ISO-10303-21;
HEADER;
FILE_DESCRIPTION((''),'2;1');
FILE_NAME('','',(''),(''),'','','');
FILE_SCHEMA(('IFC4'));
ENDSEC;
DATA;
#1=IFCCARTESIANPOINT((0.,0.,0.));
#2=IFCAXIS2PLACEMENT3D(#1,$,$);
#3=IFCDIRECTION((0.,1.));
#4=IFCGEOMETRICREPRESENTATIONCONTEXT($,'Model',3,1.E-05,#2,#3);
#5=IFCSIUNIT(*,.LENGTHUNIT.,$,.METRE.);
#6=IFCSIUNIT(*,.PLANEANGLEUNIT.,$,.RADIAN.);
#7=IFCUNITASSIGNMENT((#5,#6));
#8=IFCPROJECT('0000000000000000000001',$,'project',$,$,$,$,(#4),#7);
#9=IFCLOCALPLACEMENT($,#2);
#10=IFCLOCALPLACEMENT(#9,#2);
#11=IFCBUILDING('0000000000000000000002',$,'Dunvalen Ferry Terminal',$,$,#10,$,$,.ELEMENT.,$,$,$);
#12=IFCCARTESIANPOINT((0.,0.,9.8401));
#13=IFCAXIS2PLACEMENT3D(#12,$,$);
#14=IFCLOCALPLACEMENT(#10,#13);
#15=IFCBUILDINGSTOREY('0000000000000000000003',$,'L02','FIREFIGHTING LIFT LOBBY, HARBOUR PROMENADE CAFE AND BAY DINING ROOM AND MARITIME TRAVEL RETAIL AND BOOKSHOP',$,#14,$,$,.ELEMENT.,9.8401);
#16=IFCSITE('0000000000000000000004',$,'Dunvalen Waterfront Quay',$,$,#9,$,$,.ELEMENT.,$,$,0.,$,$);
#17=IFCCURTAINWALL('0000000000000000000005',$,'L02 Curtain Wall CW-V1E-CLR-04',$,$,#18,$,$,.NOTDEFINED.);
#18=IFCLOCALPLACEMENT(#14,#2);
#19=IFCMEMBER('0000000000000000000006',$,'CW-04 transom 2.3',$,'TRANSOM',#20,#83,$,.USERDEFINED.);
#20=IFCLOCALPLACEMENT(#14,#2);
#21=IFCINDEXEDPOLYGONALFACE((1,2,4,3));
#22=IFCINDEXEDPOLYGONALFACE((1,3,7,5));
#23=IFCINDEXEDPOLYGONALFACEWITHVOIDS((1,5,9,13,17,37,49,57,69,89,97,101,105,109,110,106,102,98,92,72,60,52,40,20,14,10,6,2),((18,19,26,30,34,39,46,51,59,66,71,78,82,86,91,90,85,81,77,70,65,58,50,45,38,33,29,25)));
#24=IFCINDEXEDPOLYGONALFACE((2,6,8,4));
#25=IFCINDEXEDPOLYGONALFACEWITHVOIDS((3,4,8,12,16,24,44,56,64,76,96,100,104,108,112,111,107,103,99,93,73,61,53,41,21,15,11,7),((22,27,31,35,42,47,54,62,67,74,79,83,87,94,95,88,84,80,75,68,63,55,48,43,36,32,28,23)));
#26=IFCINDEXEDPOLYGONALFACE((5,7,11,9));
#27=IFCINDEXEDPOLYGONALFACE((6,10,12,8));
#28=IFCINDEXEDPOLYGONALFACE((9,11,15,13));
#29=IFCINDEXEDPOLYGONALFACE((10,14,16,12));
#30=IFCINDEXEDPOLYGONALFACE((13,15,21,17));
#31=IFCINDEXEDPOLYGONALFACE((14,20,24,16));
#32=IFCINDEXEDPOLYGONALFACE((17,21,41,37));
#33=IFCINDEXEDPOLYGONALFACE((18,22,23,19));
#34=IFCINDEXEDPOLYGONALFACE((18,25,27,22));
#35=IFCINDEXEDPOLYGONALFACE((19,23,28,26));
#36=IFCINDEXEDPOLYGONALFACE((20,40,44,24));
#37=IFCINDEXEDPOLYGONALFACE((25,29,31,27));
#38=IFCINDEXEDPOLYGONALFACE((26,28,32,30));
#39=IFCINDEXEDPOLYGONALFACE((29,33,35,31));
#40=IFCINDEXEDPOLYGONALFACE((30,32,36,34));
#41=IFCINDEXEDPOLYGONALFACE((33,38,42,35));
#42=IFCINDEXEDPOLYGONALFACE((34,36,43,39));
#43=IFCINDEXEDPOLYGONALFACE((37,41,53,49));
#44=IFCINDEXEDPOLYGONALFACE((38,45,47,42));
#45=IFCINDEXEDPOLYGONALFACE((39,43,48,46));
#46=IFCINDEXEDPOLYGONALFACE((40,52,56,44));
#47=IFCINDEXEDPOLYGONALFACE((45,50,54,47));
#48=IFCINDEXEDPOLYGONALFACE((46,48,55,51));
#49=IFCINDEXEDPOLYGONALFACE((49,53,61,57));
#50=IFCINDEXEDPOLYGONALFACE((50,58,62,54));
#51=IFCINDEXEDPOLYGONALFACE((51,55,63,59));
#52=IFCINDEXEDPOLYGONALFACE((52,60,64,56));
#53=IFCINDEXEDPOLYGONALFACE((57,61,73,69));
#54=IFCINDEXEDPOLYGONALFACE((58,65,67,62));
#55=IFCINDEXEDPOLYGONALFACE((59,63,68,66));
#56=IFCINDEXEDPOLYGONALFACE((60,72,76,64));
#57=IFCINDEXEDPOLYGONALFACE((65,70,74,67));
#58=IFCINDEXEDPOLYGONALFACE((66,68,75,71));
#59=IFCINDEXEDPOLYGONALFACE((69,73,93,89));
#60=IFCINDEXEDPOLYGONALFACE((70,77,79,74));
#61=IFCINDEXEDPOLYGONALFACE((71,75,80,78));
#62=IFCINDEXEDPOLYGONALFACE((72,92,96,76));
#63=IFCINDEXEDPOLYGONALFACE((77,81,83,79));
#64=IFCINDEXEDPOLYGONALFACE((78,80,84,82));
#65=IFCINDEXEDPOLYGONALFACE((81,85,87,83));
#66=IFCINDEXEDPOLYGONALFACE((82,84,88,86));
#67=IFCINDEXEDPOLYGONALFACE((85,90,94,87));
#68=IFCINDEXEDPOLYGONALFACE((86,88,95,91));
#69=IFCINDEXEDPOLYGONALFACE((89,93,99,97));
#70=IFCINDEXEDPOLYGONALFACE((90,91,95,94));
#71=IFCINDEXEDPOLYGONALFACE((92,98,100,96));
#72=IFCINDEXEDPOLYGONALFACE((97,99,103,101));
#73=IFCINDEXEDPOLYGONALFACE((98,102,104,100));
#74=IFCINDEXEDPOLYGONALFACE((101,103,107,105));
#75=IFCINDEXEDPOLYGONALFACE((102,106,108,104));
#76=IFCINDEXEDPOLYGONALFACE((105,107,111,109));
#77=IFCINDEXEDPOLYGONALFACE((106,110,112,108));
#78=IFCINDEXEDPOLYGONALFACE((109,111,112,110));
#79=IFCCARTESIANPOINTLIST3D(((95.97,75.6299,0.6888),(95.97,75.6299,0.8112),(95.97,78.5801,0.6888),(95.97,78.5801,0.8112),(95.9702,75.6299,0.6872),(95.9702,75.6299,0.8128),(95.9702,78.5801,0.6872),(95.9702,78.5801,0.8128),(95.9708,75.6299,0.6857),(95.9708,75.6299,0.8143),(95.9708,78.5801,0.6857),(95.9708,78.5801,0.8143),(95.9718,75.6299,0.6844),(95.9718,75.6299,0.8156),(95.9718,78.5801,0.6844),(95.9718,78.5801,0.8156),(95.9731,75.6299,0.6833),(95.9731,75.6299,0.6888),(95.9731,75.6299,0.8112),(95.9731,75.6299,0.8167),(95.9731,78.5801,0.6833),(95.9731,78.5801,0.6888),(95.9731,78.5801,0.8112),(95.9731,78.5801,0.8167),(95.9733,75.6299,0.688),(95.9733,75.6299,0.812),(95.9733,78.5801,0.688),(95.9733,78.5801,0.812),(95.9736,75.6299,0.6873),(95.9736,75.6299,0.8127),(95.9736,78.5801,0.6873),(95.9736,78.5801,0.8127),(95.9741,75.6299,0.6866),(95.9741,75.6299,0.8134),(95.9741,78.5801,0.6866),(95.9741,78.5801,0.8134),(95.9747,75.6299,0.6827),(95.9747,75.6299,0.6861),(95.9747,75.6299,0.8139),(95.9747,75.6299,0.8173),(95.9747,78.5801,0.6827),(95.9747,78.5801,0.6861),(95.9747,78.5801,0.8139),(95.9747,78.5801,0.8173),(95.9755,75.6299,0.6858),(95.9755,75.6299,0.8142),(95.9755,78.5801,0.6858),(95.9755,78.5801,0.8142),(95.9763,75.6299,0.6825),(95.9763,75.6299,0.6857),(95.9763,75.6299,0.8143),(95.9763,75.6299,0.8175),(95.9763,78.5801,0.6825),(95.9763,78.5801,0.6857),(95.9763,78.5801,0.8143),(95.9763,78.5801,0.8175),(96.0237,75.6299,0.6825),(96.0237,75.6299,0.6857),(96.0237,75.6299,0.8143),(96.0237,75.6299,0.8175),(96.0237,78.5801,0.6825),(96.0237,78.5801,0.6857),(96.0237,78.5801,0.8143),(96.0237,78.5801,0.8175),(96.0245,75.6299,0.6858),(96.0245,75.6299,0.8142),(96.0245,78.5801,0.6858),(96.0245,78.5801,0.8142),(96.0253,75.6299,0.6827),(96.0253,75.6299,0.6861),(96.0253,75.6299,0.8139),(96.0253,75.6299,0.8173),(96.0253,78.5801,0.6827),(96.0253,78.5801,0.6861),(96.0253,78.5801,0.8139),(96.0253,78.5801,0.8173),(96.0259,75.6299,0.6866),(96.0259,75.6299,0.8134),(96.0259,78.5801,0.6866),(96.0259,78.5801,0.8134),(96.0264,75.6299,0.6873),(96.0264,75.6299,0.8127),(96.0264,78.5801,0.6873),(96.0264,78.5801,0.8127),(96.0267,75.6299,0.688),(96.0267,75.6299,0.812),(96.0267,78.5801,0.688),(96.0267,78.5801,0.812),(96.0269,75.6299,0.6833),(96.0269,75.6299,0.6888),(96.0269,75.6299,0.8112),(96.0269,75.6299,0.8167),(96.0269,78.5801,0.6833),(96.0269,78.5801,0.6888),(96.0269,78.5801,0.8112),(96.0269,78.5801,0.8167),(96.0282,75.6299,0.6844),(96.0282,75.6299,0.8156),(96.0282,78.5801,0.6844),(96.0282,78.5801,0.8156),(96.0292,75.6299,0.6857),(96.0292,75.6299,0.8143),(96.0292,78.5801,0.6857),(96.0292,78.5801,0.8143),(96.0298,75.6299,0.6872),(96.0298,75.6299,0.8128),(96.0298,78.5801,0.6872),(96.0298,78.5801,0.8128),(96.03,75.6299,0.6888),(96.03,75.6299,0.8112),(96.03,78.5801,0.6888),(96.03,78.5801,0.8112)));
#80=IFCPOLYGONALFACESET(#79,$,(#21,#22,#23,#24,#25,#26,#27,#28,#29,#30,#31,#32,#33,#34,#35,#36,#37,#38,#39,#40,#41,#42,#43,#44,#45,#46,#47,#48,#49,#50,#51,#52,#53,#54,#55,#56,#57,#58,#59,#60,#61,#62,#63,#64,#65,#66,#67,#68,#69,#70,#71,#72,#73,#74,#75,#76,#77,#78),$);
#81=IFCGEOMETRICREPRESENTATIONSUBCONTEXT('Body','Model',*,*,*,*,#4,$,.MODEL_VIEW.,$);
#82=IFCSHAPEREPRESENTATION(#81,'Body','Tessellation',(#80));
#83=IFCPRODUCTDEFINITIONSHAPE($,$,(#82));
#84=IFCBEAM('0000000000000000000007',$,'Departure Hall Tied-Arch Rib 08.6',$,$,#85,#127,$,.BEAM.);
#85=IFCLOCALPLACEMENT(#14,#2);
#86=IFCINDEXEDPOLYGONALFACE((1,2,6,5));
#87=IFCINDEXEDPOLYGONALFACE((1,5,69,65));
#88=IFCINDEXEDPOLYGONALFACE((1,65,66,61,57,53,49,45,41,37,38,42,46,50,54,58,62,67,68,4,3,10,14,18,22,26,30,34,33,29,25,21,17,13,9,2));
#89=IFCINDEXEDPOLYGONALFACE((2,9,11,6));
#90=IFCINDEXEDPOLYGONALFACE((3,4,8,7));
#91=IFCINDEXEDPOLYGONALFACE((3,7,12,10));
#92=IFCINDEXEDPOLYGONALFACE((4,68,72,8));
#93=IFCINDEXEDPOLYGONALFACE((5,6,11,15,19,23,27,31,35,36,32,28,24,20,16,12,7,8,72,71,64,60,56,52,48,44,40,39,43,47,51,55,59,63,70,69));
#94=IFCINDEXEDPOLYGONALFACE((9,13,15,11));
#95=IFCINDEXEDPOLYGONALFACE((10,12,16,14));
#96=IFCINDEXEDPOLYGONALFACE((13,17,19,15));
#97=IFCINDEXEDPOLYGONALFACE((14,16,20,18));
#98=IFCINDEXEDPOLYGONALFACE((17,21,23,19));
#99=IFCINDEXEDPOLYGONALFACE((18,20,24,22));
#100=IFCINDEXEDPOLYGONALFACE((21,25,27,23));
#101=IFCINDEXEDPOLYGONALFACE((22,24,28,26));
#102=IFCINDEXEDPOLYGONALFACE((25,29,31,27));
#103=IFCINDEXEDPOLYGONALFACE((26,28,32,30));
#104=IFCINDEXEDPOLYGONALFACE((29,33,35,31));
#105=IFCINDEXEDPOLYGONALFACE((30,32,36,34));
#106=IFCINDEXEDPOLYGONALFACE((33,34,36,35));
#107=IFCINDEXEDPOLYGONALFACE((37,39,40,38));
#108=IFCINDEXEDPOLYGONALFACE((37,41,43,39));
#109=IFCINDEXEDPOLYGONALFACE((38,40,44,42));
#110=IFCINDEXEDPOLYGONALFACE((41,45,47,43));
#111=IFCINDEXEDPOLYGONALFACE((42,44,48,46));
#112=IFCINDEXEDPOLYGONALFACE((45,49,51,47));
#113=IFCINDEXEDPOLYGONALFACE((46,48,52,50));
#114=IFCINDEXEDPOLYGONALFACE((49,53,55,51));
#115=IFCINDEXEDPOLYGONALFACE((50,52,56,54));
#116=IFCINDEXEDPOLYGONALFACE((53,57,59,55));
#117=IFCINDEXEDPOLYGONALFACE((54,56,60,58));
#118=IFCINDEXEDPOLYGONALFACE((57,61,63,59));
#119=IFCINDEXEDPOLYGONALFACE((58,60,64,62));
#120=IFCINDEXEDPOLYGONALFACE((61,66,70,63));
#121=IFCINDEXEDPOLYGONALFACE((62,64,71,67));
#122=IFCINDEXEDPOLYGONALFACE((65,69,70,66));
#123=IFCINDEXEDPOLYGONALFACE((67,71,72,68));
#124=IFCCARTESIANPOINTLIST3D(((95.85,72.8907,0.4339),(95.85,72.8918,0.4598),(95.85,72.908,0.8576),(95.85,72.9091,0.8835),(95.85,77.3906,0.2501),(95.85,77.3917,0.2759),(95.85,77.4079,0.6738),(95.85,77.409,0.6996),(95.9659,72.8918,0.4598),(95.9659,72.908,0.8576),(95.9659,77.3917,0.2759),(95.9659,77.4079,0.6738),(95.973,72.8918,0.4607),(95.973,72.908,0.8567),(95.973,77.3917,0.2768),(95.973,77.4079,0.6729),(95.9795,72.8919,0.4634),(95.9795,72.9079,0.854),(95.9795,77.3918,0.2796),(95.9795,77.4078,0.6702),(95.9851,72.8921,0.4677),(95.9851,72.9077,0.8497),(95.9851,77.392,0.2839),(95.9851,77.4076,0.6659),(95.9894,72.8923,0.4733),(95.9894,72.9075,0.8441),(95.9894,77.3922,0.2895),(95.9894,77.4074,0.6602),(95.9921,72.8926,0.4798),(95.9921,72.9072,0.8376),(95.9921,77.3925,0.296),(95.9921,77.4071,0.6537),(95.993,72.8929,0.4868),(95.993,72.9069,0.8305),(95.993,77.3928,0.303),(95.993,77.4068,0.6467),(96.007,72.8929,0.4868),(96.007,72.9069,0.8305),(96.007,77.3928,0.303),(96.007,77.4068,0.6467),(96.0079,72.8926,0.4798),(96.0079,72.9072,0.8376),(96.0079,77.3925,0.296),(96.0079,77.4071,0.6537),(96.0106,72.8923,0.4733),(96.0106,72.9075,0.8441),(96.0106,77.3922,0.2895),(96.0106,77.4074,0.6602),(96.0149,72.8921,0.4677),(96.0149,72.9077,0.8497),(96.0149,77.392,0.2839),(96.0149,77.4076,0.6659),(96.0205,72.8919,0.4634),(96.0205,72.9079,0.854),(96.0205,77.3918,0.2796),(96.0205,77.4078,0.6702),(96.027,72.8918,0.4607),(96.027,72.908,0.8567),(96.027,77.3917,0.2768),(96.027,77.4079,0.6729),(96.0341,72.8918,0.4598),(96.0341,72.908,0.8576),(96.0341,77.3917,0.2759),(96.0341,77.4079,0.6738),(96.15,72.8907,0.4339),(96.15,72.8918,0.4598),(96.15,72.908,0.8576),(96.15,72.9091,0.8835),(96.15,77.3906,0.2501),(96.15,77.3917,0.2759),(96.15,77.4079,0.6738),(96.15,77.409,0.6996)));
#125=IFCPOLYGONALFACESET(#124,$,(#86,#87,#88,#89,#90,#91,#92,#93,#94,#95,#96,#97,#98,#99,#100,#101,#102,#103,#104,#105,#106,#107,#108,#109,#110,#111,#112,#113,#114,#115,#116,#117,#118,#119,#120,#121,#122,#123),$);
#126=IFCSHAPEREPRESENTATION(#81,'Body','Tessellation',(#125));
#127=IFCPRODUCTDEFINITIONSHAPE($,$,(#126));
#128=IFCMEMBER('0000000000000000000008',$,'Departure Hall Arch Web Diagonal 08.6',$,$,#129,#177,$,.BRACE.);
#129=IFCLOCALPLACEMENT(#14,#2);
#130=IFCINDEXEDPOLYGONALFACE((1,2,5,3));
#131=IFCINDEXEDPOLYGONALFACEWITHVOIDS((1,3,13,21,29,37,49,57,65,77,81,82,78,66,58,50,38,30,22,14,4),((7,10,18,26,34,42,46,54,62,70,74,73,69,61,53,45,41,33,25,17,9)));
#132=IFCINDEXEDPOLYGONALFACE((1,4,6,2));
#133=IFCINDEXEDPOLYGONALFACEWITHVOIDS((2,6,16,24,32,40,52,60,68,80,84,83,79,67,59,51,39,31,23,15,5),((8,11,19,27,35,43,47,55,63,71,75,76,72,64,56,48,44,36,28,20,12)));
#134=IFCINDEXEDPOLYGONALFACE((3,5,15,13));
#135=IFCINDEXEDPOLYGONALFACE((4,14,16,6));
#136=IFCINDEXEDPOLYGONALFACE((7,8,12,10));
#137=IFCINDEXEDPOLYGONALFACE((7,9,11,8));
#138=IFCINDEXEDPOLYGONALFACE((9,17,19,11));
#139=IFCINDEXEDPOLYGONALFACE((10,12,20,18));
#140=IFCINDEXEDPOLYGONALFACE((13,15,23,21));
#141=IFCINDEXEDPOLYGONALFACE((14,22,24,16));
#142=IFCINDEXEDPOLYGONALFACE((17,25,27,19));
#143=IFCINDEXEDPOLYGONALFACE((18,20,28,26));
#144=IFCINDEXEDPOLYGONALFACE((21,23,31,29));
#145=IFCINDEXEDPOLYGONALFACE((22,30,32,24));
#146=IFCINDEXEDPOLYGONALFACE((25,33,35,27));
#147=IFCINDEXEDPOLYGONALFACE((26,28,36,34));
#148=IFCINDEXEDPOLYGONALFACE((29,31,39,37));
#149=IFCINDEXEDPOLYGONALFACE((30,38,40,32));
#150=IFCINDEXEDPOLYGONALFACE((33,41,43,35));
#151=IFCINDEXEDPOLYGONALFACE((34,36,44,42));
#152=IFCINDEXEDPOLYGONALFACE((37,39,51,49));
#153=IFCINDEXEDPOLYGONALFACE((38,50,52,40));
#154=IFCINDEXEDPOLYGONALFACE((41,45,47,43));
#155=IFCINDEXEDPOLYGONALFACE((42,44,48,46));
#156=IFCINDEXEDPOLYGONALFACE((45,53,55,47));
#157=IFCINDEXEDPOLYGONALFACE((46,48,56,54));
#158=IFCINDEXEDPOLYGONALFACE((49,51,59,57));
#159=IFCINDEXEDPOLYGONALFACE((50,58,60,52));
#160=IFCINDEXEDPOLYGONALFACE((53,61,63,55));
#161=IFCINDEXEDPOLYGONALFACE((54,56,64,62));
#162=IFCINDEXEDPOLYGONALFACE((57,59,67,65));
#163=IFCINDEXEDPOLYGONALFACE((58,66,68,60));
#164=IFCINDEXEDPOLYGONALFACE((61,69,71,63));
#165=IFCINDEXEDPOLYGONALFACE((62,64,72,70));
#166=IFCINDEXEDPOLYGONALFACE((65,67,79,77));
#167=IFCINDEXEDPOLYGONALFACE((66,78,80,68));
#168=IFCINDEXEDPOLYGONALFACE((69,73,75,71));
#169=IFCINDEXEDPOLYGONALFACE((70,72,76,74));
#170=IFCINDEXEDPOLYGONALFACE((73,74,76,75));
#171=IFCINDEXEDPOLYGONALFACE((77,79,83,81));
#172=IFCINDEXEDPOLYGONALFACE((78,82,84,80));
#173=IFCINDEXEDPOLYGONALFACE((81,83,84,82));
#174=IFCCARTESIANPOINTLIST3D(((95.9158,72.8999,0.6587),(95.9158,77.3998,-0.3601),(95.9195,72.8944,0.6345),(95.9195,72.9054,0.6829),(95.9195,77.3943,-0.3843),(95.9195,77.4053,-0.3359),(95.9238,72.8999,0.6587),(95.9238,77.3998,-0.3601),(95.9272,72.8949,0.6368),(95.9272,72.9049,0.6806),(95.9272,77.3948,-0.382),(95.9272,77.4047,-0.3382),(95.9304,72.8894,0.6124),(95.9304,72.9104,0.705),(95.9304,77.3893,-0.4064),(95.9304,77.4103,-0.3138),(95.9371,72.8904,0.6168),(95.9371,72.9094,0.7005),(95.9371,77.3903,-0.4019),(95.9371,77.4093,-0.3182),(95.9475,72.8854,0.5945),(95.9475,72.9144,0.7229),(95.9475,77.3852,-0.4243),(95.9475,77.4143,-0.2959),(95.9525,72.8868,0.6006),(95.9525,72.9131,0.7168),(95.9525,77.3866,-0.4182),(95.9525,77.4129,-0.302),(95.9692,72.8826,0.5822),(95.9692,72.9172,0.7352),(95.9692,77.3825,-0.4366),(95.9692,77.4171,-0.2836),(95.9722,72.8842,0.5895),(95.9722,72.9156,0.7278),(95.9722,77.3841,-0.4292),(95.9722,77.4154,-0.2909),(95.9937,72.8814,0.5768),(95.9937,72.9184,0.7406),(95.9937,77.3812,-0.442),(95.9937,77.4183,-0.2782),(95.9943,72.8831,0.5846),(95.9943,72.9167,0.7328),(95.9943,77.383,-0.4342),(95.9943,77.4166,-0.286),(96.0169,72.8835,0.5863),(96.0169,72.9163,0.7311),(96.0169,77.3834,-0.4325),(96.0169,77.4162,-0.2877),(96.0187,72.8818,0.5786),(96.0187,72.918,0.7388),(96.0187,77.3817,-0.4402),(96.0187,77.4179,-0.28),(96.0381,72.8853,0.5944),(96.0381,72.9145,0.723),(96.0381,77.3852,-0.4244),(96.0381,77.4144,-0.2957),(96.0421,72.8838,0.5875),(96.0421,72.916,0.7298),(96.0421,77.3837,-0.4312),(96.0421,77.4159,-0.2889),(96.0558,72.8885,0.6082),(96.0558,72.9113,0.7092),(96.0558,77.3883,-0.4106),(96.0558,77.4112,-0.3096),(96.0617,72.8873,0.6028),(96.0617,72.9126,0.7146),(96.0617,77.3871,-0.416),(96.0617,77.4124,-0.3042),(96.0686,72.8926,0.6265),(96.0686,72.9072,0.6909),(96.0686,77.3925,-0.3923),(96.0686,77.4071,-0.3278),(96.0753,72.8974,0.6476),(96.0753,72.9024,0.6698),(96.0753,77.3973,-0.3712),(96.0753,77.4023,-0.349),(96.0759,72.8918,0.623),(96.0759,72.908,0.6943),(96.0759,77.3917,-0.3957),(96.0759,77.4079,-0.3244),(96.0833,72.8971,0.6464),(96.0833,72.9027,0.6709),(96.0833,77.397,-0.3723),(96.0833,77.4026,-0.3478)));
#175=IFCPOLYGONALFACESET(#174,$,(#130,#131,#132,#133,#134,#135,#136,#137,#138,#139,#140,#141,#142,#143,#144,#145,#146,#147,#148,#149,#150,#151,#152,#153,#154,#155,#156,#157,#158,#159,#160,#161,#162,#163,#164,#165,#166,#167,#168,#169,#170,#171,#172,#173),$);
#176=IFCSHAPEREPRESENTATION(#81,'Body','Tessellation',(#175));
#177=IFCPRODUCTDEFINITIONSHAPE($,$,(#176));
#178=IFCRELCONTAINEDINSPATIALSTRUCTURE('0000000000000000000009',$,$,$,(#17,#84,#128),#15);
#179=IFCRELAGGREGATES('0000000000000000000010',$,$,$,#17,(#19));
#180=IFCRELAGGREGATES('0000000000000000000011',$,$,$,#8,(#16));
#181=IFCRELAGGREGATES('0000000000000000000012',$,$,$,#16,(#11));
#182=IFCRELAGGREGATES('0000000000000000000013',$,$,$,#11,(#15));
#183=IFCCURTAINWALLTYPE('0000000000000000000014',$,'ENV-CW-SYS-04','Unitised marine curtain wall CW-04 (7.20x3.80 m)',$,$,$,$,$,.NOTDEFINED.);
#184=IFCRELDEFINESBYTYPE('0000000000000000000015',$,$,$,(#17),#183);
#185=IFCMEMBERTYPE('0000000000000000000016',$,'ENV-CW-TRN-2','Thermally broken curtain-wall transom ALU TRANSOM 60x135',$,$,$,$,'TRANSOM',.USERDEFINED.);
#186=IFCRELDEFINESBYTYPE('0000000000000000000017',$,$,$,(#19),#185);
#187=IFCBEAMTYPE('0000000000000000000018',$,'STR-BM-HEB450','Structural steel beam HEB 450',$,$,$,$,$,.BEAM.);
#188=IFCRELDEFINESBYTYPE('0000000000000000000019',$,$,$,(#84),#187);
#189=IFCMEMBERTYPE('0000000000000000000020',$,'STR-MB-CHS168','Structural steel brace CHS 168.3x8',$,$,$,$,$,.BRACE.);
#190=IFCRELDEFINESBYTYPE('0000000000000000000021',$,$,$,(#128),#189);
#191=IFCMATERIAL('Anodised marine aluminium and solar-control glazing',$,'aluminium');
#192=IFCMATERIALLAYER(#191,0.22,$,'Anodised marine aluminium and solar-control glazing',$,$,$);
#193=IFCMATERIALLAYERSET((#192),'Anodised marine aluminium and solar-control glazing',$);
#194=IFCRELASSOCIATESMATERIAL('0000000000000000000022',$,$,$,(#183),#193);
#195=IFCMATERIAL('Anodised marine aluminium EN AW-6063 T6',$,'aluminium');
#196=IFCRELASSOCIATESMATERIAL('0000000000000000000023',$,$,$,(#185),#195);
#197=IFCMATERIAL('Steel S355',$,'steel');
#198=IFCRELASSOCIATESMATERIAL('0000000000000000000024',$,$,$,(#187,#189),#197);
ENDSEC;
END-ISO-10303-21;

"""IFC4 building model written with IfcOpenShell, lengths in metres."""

from ifc_helpers import new_model, si_unit, direction, frame, origin, origin_2d, place, context, subcontext, project, spatial, hollow_rectangle, hollow_circle, i_section, extrude, material, layer, layer_set, material_profile, profile_set, type_object, element, aggregate, save


model = new_model("IFC4")

# Units and contexts
model_context = context("Model", 3, precision=1e-05, world=origin(), true_north=direction((0.0, 1.0)))
body_context = subcontext(model_context, "Body", "Model", "MODEL_VIEW")
ifc_project = project(units=[si_unit("LENGTHUNIT", "METRE"), si_unit("PLANEANGLEUNIT", "RADIAN")], contexts=[model_context])

# Site, building, storey
site_placement = place(None, origin())
site = spatial("IfcSite", under=ifc_project, at=site_placement, Name="Dunvalen Waterfront Quay", CompositionType="ELEMENT", RefElevation=0.0)
building_placement = place(site_placement, origin())
building = spatial("IfcBuilding", under=site, at=building_placement, Name="Dunvalen Ferry Terminal", CompositionType="ELEMENT")
storey_placement = place(building_placement, frame((0.0, 0.0, 9.8401)))
storey = spatial("IfcBuildingStorey", under=building, at=storey_placement, Name="L02", Description="FIREFIGHTING LIFT LOBBY, HARBOUR PROMENADE CAFE AND BAY DINING ROOM AND MARITIME TRAVEL RETAIL AND BOOKSHOP", CompositionType="ELEMENT", Elevation=9.8401)

# Curtain wall, member
ifc_material_1 = material(Name="Anodised marine aluminium and solar-control glazing", Category="aluminium")
ifc_layer_1 = layer(ifc_material_1, 0.22, Name="Anodised marine aluminium and solar-control glazing")
ifc_layer_set_1 = layer_set([ifc_layer_1], Name="Anodised marine aluminium and solar-control glazing")
curtain_wall_type = type_object("IfcCurtainWallType", Name="ENV-CW-SYS-04", Description="Unitised marine curtain wall CW-04 (7.20x3.80 m)", PredefinedType="NOTDEFINED", material=ifc_layer_set_1)
curtain_wall_placement = place(storey_placement, origin())
curtain_wall = element("IfcCurtainWall", 1, at=curtain_wall_placement, inside=storey, type_object=curtain_wall_type, Name="L02 Curtain Wall CW-V1E-CLR-04", PredefinedType="NOTDEFINED")
ifc_material_2 = material(Name="Anodised marine aluminium EN AW-6063 T6", Category="aluminium")
ifc_material_profile_1 = material_profile(ifc_material_2, hollow_rectangle(XDim=0.0601, YDim=0.135, WallThickness=0.0032, InnerFilletRadius=0.0032, OuterFilletRadius=0.0063, at=origin_2d()), Name="Anodised marine aluminium EN AW-6063 T6")
ifc_profile_set_1 = profile_set([ifc_material_profile_1], Name="Anodised marine aluminium EN AW-6063 T6")
member_type_1 = type_object("IfcMemberType", Name="ENV-CW-TRN-2", Description="Thermally broken curtain-wall transom ALU TRANSOM 60x135", ElementType="TRANSOM", PredefinedType="USERDEFINED", material=ifc_profile_set_1)
member_1_placement = place(storey_placement, frame((96.0, 75.6299, 0.75), z_axis=(0.0, 1.0, 0.0), x_axis=(-1.0, 0.0, 0.0)))
member_1 = element("IfcMember", 2, at=member_1_placement, type_object=member_type_1, Name="CW-04 transom 2.3", ObjectType="TRANSOM", PredefinedType="USERDEFINED", context=body_context, shape_type="SweptSolid", body=[
    extrude(hollow_rectangle(XDim=0.0601, YDim=0.135, WallThickness=0.0032, InnerFilletRadius=0.0032, OuterFilletRadius=0.0063, at=origin_2d()), origin(), (0.0, 0.0, 1.0), 2.9502),
])

# Beam
ifc_material_3 = material(Name="Steel S355", Category="steel")
ifc_material_profile_2 = material_profile(ifc_material_3, i_section(OverallWidth=0.3, OverallDepth=0.45, WebThickness=0.0139, FlangeThickness=0.0259, FilletRadius=0.0271, at=origin_2d()), Name="Steel S355")
ifc_profile_set_2 = profile_set([ifc_material_profile_2], Name="Steel S355")
beam_type = type_object("IfcBeamType", Name="STR-BM-HEB450", Description="Structural steel beam HEB 450", PredefinedType="BEAM", material=ifc_profile_set_2)
beam_placement = place(storey_placement, frame((96.0, 72.8999, 0.6587), z_axis=(0.0, 0.999167, -0.040819), x_axis=(-1.0, 0.0, 0.0)))
element("IfcBeam", 3, at=beam_placement, inside=storey, type_object=beam_type, Name="Departure Hall Tied-Arch Rib 08.6", PredefinedType="BEAM", context=body_context, shape_type="SweptSolid", body=[
    extrude(i_section(OverallWidth=0.3, OverallDepth=0.45, WebThickness=0.0139, FlangeThickness=0.0259, FilletRadius=0.0271, at=origin_2d()), origin(), (0.0, 0.0, 1.0), 4.5037),
])

# Member
ifc_material_profile_3 = material_profile(ifc_material_3, hollow_circle(Radius=0.0842, WallThickness=0.0081, at=origin_2d()), Name="Steel S355")
ifc_profile_set_3 = profile_set([ifc_material_profile_3], Name="Steel S355")
member_type_2 = type_object("IfcMemberType", Name="STR-MB-CHS168", Description="Structural steel brace CHS 168.3x8", PredefinedType="BRACE", material=ifc_profile_set_3)
member_2_placement = place(storey_placement, frame((96.0, 72.8999, 0.6587), z_axis=(0.0, 0.975317, -0.220811), x_axis=(-1.0, 0.0, 0.0)))
element("IfcMember", 4, at=member_2_placement, inside=storey, type_object=member_type_2, Name="Departure Hall Arch Web Diagonal 08.6", PredefinedType="BRACE", context=body_context, shape_type="SweptSolid", body=[
    extrude(hollow_circle(Radius=0.0842, WallThickness=0.0081, at=origin_2d()), origin(), (0.0, 0.0, 1.0), 4.6138),
])

aggregate(curtain_wall, [member_1])

save(model, "model.ifc")
